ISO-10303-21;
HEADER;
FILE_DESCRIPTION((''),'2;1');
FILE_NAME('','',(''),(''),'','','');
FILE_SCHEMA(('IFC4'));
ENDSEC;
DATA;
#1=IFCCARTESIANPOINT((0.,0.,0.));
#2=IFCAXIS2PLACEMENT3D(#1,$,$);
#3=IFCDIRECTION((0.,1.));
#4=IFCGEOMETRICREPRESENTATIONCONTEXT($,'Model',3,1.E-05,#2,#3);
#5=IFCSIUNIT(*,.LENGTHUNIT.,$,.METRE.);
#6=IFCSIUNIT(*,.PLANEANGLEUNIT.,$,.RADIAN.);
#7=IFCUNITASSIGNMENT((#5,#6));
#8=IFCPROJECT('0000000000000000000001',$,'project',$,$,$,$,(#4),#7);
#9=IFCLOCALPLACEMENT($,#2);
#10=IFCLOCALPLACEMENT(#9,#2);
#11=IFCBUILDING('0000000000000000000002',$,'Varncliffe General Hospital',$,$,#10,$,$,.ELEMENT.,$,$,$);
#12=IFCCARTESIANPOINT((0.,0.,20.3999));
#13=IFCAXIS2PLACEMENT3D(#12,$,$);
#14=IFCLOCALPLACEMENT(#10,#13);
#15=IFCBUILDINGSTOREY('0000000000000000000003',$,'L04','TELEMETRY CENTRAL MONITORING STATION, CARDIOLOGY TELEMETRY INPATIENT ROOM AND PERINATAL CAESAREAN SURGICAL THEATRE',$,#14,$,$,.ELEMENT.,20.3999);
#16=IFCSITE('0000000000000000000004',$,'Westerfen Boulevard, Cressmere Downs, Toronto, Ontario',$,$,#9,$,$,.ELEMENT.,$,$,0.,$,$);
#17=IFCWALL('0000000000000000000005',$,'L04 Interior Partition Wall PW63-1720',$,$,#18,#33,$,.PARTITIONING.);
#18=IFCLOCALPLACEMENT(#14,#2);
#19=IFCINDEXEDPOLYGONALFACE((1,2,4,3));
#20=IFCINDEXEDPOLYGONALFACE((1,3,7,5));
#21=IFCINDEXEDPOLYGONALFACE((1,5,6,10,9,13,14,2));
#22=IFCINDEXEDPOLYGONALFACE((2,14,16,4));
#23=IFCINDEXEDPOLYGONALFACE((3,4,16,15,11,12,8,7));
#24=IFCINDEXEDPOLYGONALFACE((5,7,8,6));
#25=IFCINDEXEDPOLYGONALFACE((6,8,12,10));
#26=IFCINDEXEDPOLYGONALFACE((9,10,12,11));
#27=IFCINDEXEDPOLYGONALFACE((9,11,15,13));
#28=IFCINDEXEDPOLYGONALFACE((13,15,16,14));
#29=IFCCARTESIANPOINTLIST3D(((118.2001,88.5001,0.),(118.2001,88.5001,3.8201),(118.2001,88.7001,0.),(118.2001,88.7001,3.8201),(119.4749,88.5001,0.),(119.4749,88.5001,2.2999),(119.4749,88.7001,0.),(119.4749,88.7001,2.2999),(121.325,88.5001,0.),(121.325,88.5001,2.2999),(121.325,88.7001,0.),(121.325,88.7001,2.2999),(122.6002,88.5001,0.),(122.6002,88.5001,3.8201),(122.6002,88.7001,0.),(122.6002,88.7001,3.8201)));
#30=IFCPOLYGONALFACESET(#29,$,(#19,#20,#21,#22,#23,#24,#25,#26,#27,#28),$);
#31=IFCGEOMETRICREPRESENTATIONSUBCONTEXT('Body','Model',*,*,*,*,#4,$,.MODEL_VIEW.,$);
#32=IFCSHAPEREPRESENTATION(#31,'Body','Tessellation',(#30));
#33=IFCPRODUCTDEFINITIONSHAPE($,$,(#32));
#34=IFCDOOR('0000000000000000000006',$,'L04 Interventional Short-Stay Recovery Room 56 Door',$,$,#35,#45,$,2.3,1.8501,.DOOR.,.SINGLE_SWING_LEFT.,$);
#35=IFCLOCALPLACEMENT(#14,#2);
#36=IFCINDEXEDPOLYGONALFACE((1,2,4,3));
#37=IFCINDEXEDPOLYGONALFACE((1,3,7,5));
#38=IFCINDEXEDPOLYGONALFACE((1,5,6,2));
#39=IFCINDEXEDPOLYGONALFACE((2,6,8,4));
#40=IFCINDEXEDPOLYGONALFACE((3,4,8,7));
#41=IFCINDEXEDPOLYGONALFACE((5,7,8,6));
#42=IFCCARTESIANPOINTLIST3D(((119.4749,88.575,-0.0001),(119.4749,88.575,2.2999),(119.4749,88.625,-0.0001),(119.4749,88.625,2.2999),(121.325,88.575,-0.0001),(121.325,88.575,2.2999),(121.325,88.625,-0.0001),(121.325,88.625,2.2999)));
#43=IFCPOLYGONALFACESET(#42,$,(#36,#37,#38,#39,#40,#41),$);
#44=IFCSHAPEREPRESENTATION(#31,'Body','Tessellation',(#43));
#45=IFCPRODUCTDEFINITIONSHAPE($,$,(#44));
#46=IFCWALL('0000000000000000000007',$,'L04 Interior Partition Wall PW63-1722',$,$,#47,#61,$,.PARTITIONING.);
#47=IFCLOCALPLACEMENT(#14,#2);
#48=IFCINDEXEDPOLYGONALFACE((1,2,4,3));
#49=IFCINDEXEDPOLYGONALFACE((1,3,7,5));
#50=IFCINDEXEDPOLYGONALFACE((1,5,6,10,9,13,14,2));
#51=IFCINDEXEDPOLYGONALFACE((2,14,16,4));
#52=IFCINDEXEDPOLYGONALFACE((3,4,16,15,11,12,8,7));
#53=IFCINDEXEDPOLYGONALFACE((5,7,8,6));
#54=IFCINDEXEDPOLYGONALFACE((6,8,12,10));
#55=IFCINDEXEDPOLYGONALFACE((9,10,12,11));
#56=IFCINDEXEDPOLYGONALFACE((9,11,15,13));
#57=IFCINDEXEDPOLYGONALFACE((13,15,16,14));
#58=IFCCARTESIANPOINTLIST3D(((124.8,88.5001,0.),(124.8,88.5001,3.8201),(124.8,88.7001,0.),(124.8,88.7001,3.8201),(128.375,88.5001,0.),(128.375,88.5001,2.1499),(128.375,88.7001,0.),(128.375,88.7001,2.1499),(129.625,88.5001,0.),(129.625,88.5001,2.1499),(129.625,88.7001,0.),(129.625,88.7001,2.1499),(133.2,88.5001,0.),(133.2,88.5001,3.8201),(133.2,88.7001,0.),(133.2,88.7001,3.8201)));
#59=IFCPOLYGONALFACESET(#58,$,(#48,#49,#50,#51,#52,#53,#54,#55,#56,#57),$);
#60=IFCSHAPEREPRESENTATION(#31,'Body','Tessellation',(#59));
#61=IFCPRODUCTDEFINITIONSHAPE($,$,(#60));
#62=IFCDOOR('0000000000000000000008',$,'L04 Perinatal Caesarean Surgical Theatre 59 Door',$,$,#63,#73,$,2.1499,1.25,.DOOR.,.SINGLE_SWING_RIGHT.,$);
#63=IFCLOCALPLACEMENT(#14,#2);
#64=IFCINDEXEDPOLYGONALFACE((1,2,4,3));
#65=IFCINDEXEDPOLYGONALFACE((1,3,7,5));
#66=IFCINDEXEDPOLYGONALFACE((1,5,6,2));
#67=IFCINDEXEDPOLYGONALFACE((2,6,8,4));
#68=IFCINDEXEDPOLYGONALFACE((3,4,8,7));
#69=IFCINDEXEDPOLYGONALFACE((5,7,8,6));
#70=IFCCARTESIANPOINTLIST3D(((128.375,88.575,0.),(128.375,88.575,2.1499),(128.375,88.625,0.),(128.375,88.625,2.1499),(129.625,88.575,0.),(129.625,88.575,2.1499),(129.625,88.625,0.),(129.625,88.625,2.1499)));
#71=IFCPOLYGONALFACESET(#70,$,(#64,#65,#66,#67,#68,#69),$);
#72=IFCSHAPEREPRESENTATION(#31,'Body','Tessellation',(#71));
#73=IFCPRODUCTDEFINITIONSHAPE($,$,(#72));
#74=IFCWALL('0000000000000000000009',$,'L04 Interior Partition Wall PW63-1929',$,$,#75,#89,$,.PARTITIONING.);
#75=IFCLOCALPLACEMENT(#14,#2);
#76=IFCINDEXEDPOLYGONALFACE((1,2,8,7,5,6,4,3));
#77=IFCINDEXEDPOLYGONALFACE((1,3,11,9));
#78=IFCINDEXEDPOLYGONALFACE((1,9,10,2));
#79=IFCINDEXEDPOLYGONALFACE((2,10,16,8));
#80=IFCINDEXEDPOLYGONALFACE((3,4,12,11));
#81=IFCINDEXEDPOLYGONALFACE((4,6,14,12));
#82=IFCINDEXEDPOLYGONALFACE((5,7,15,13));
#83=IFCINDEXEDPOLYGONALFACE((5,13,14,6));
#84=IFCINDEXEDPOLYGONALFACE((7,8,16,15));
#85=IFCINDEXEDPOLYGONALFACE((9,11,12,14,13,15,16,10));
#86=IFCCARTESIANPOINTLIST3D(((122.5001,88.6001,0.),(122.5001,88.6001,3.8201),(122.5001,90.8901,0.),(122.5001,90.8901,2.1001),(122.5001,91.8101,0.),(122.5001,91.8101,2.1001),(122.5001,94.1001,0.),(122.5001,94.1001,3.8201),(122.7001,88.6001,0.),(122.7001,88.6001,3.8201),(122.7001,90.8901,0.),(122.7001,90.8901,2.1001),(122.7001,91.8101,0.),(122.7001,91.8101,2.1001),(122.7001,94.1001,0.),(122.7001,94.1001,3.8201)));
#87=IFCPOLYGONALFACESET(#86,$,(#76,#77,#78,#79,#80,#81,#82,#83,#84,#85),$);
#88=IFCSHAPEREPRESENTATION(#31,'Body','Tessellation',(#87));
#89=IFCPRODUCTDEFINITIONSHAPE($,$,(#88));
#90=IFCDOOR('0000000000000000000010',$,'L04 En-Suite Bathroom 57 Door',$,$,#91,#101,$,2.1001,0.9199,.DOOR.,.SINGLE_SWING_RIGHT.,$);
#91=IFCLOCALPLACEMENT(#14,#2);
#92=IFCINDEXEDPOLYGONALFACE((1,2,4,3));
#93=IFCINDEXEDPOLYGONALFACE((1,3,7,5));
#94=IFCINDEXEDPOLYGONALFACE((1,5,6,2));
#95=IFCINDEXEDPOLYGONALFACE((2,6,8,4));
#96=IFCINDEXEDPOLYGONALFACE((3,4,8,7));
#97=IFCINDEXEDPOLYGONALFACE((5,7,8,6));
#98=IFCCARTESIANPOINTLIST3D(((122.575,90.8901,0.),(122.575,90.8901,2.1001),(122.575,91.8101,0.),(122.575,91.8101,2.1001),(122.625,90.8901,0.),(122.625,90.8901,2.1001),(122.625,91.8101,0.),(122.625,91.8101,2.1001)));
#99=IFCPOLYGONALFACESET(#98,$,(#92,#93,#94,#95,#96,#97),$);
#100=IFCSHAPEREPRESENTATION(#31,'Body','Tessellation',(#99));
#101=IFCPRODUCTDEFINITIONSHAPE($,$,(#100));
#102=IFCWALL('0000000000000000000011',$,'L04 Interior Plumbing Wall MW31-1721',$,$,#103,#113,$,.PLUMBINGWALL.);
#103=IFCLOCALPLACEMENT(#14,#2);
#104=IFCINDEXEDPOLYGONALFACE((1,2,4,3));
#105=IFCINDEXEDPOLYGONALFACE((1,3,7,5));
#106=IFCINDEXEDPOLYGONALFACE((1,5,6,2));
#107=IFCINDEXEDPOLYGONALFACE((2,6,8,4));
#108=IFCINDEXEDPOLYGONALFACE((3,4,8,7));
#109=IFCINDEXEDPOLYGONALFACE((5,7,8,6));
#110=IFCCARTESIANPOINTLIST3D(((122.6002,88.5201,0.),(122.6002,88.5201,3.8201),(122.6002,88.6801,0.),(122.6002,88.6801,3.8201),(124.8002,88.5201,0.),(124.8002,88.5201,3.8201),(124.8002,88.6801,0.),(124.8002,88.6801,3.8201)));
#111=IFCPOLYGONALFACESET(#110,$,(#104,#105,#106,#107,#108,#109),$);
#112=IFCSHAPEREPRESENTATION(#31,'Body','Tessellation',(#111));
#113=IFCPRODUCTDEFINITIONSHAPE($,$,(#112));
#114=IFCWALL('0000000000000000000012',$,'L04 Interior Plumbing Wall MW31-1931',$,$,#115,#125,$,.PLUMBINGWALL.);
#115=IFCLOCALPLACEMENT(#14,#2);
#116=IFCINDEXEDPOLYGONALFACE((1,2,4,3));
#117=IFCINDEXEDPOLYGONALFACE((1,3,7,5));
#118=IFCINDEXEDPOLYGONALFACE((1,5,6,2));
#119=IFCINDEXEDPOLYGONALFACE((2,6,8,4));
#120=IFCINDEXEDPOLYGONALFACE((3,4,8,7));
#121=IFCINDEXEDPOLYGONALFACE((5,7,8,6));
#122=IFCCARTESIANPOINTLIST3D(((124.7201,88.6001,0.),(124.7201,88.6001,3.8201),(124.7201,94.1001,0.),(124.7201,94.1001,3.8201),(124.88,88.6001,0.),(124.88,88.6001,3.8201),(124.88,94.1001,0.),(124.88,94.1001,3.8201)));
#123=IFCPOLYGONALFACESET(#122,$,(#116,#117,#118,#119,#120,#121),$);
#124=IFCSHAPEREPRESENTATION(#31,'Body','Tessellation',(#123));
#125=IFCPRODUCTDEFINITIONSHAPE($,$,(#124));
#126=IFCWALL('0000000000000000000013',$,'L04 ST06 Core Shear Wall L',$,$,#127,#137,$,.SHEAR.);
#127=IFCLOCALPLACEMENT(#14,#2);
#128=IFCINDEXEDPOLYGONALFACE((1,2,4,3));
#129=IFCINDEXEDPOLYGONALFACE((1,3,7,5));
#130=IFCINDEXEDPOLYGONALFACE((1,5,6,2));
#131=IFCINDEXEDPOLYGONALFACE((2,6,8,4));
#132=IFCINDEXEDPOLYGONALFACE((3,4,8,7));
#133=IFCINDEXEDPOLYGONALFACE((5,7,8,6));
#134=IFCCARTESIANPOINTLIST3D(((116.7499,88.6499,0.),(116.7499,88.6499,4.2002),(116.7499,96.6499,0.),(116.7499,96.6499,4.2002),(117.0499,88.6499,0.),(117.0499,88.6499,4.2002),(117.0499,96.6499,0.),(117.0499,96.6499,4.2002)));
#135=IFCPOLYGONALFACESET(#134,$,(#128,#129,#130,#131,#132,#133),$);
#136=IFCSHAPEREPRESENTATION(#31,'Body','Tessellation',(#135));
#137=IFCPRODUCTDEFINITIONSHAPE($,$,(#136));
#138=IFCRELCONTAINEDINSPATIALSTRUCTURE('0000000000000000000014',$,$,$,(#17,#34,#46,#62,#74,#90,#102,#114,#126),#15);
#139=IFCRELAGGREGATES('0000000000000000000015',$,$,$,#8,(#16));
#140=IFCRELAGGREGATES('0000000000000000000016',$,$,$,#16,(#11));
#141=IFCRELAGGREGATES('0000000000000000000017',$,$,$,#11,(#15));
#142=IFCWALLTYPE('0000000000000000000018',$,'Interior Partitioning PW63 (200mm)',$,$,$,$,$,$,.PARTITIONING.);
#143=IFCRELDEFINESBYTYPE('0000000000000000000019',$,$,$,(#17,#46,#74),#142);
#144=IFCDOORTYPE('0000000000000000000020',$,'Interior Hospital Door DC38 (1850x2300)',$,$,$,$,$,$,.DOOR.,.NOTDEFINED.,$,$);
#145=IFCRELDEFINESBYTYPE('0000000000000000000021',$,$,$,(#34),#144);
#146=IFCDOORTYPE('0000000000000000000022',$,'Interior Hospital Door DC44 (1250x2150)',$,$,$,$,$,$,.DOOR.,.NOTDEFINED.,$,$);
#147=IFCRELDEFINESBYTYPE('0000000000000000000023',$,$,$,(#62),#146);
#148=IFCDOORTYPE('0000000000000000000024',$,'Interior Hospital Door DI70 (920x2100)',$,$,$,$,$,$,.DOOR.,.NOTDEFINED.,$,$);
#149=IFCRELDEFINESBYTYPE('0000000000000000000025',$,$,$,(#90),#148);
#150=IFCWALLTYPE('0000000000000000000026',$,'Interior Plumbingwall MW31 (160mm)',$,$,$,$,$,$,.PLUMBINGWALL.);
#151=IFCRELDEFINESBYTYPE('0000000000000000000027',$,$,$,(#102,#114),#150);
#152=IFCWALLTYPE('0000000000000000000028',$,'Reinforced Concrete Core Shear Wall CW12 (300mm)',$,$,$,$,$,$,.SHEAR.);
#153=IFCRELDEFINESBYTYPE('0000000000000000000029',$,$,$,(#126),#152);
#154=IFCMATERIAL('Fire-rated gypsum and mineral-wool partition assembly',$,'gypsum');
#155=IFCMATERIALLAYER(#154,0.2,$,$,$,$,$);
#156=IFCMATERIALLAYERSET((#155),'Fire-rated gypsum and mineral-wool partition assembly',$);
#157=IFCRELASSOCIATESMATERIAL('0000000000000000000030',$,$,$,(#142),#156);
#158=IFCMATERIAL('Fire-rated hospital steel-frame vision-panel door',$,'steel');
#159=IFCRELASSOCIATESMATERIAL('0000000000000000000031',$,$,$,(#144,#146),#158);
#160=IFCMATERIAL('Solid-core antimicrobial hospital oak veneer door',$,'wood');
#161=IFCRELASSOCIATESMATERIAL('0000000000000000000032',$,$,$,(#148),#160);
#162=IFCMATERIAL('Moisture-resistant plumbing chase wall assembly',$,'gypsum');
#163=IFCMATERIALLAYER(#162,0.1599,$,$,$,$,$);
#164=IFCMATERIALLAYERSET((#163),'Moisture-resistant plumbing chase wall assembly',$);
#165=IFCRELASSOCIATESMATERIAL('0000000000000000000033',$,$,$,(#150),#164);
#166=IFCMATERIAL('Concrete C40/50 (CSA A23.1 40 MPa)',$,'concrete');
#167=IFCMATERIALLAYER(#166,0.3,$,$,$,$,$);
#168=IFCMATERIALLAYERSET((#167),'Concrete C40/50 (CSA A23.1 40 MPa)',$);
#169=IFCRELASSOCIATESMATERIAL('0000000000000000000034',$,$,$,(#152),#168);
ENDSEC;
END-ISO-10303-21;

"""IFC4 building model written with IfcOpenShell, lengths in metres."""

from ifc_helpers import new_model, si_unit, direction, frame, frame_2d, origin, place, context, subcontext, project, spatial, rectangle, extrude, material, layer, layer_set, type_object, element, fill, save


model = new_model("IFC4")

# Units and contexts
model_context = context("Model", 3, precision=1e-05, world=origin(), true_north=direction((0.0, 1.0)))
body_context = subcontext(model_context, "Body", "Model", "MODEL_VIEW")
ifc_project = project(units=[si_unit("LENGTHUNIT", "METRE"), si_unit("PLANEANGLEUNIT", "RADIAN")], contexts=[model_context])

# Site, building, storey
site_placement = place(None, origin())
site = spatial("IfcSite", under=ifc_project, at=site_placement, Name="Westerfen Boulevard, Cressmere Downs, Toronto, Ontario", CompositionType="ELEMENT", RefElevation=0.0)
building_placement = place(site_placement, origin())
building = spatial("IfcBuilding", under=site, at=building_placement, Name="Varncliffe General Hospital", CompositionType="ELEMENT")
storey_placement = place(building_placement, frame((0.0, 0.0, 20.3999)))
storey = spatial("IfcBuildingStorey", under=building, at=storey_placement, Name="L04", Description="TELEMETRY CENTRAL MONITORING STATION, CARDIOLOGY TELEMETRY INPATIENT ROOM AND PERINATAL CAESAREAN SURGICAL THEATRE", CompositionType="ELEMENT", Elevation=20.3999)

# Shared definitions
ifc_material_1 = material(Name="Concrete C40/50 (CSA A23.1 40 MPa)", Category="concrete")

# Walls, openings, doors
ifc_material_2 = material(Name="Fire-rated gypsum and mineral-wool partition assembly", Category="gypsum")
ifc_layer_1 = layer(ifc_material_2, 0.2)
ifc_layer_set_1 = layer_set([ifc_layer_1], Name="Fire-rated gypsum and mineral-wool partition assembly")
wall_type_1 = type_object("IfcWallType", Name="Interior Partitioning PW63 (200mm)", PredefinedType="PARTITIONING", material=ifc_layer_set_1)
ifc_material_3 = material(Name="Fire-rated hospital steel-frame vision-panel door", Category="steel")
wall_1_placement = place(storey_placement, frame((118.2, 88.6001, 0.0), z_axis=(0.0, 0.0, 1.0), x_axis=(1.0, 0.0, 0.0)))
wall_1 = element("IfcWall", 1, at=wall_1_placement, inside=storey, type_object=wall_type_1, Name="L04 Interior Partition Wall PW63-1720", PredefinedType="PARTITIONING", context=body_context, shape_type="SweptSolid", body=[
    extrude(rectangle(XDim=4.4001, YDim=0.2, at=frame_2d((2.2002, 0.0))), origin(), (0.0, 0.0, 1.0), 3.8201),
])
opening_1_placement = place(wall_1_placement, frame((1.2749, 0.0, 0.0)))
opening_1 = element("IfcOpeningElement", 2, at=opening_1_placement, cuts=wall_1, PredefinedType="OPENING", context=body_context, shape_type="SweptSolid", body=[
    extrude(rectangle(XDim=1.8501, YDim=2.3, at=frame_2d((0.925, 1.1499))), frame((0.0, 0.1099, 0.0), z_axis=(0.0, -1.0, 0.0), x_axis=(1.0, 0.0, 0.0)), (0.0, 0.0, 1.0), 0.22),
])
door_type_1 = type_object("IfcDoorType", Name="Interior Hospital Door DC38 (1850x2300)", OperationType="NOTDEFINED", PredefinedType="DOOR", material=ifc_material_3)
door_1_placement = place(opening_1_placement, origin())
door_1 = element("IfcDoor", 3, at=door_1_placement, inside=storey, type_object=door_type_1, Name="L04 Interventional Short-Stay Recovery Room 56 Door", OperationType="SINGLE_SWING_LEFT", OverallHeight=2.3, OverallWidth=1.8501, PredefinedType="DOOR", context=body_context, shape_type="SweptSolid", body=[
    extrude(rectangle(XDim=1.8501, YDim=2.3, at=frame_2d((0.925, 1.1499))), frame((0.0, 0.0249, 0.0), z_axis=(0.0, -1.0, 0.0), x_axis=(1.0, 0.0, 0.0)), (0.0, 0.0, 1.0), 0.05),
])
fill(opening_1, door_1)
wall_2_placement = place(storey_placement, frame((124.8, 88.6001, 0.0), z_axis=(0.0, 0.0, 1.0), x_axis=(1.0, 0.0, 0.0)))
wall_2 = element("IfcWall", 4, at=wall_2_placement, inside=storey, type_object=wall_type_1, Name="L04 Interior Partition Wall PW63-1722", PredefinedType="PARTITIONING", context=body_context, shape_type="SweptSolid", body=[
    extrude(rectangle(XDim=8.3999, YDim=0.2, at=frame_2d((4.2, 0.0))), origin(), (0.0, 0.0, 1.0), 3.8201),
])
opening_2_placement = place(wall_2_placement, frame((3.575, 0.0, 0.0)))
opening_2 = element("IfcOpeningElement", 5, at=opening_2_placement, cuts=wall_2, PredefinedType="OPENING", context=body_context, shape_type="SweptSolid", body=[
    extrude(rectangle(XDim=1.25, YDim=2.1499, at=frame_2d((0.625, 1.075))), frame((0.0, 0.1099, 0.0), z_axis=(0.0, -1.0, 0.0), x_axis=(1.0, 0.0, 0.0)), (0.0, 0.0, 1.0), 0.22),
])
door_type_2 = type_object("IfcDoorType", Name="Interior Hospital Door DC44 (1250x2150)", OperationType="NOTDEFINED", PredefinedType="DOOR", material=ifc_material_3)
door_2_placement = place(opening_2_placement, origin())
door_2 = element("IfcDoor", 6, at=door_2_placement, inside=storey, type_object=door_type_2, Name="L04 Perinatal Caesarean Surgical Theatre 59 Door", OperationType="SINGLE_SWING_RIGHT", OverallHeight=2.1499, OverallWidth=1.25, PredefinedType="DOOR", context=body_context, shape_type="SweptSolid", body=[
    extrude(rectangle(XDim=1.25, YDim=2.1499, at=frame_2d((0.625, 1.075))), frame((0.0, 0.0249, 0.0), z_axis=(0.0, -1.0, 0.0), x_axis=(1.0, 0.0, 0.0)), (0.0, 0.0, 1.0), 0.05),
])
fill(opening_2, door_2)
wall_3_placement = place(storey_placement, frame((122.6001, 88.6001, 0.0), z_axis=(0.0, 0.0, 1.0), x_axis=(0.0, 1.0, 0.0)))
wall_3 = element("IfcWall", 7, at=wall_3_placement, inside=storey, type_object=wall_type_1, Name="L04 Interior Partition Wall PW63-1929", PredefinedType="PARTITIONING", context=body_context, shape_type="SweptSolid", body=[
    extrude(rectangle(XDim=5.5, YDim=0.2, at=frame_2d((2.75, 0.0))), origin(), (0.0, 0.0, 1.0), 3.8201),
])
opening_3_placement = place(wall_3_placement, frame((2.29, 0.0, 0.0)))
opening_3 = element("IfcOpeningElement", 8, at=opening_3_placement, cuts=wall_3, PredefinedType="OPENING", context=body_context, shape_type="SweptSolid", body=[
    extrude(rectangle(XDim=0.9199, YDim=2.1001, at=frame_2d((0.46, 1.05))), frame((0.0, 0.1099, 0.0), z_axis=(0.0, -1.0, 0.0), x_axis=(1.0, 0.0, 0.0)), (0.0, 0.0, 1.0), 0.22),
])
ifc_material_4 = material(Name="Solid-core antimicrobial hospital oak veneer door", Category="wood")
door_type_3 = type_object("IfcDoorType", Name="Interior Hospital Door DI70 (920x2100)", OperationType="NOTDEFINED", PredefinedType="DOOR", material=ifc_material_4)
door_3_placement = place(opening_3_placement, frame((0.9199, 0.0, 0.0), z_axis=(0.0, 0.0, 1.0), x_axis=(-1.0, 0.0, 0.0)))
door_3 = element("IfcDoor", 9, at=door_3_placement, inside=storey, type_object=door_type_3, Name="L04 En-Suite Bathroom 57 Door", OperationType="SINGLE_SWING_RIGHT", OverallHeight=2.1001, OverallWidth=0.9199, PredefinedType="DOOR", context=body_context, shape_type="SweptSolid", body=[
    extrude(rectangle(XDim=0.9199, YDim=2.1001, at=frame_2d((0.46, 1.05))), frame((0.0, 0.0249, 0.0), z_axis=(0.0, -1.0, 0.0), x_axis=(1.0, 0.0, 0.0)), (0.0, 0.0, 1.0), 0.05),
])
fill(opening_3, door_3)

# Walls
ifc_material_5 = material(Name="Moisture-resistant plumbing chase wall assembly", Category="gypsum")
ifc_layer_2 = layer(ifc_material_5, 0.1599)
ifc_layer_set_2 = layer_set([ifc_layer_2], Name="Moisture-resistant plumbing chase wall assembly")
wall_type_2 = type_object("IfcWallType", Name="Interior Plumbingwall MW31 (160mm)", PredefinedType="PLUMBINGWALL", material=ifc_layer_set_2)
wall_4_placement = place(storey_placement, frame((122.6001, 88.6001, 0.0), z_axis=(0.0, 0.0, 1.0), x_axis=(1.0, 0.0, 0.0)))
element("IfcWall", 10, at=wall_4_placement, inside=storey, type_object=wall_type_2, Name="L04 Interior Plumbing Wall MW31-1721", PredefinedType="PLUMBINGWALL", context=body_context, shape_type="SweptSolid", body=[
    extrude(rectangle(XDim=2.2, YDim=0.1599, at=frame_2d((1.1001, 0.0))), origin(), (0.0, 0.0, 1.0), 3.8201),
])
wall_5_placement = place(storey_placement, frame((124.8, 88.6001, 0.0), z_axis=(0.0, 0.0, 1.0), x_axis=(0.0, 1.0, 0.0)))
element("IfcWall", 11, at=wall_5_placement, inside=storey, type_object=wall_type_2, Name="L04 Interior Plumbing Wall MW31-1931", PredefinedType="PLUMBINGWALL", context=body_context, shape_type="SweptSolid", body=[
    extrude(rectangle(XDim=5.5, YDim=0.1599, at=frame_2d((2.75, 0.0))), origin(), (0.0, 0.0, 1.0), 3.8201),
])
ifc_layer_3 = layer(ifc_material_1, 0.3)
ifc_layer_set_3 = layer_set([ifc_layer_3], Name="Concrete C40/50 (CSA A23.1 40 MPa)")
wall_type_3 = type_object("IfcWallType", Name="Reinforced Concrete Core Shear Wall CW12 (300mm)", PredefinedType="SHEAR", material=ifc_layer_set_3)
wall_6_placement = place(storey_placement, frame((116.8999, 88.6499, 0.0), z_axis=(0.0, 0.0, 1.0), x_axis=(0.0, 1.0, 0.0)))
element("IfcWall", 12, at=wall_6_placement, inside=storey, type_object=wall_type_3, Name="L04 ST06 Core Shear Wall L", PredefinedType="SHEAR", context=body_context, shape_type="SweptSolid", body=[
    extrude(rectangle(XDim=8.0, YDim=0.3, at=frame_2d((4.0, 0.0))), origin(), (0.0, 0.0, 1.0), 4.2002),
])

save(model, "model.ifc")
